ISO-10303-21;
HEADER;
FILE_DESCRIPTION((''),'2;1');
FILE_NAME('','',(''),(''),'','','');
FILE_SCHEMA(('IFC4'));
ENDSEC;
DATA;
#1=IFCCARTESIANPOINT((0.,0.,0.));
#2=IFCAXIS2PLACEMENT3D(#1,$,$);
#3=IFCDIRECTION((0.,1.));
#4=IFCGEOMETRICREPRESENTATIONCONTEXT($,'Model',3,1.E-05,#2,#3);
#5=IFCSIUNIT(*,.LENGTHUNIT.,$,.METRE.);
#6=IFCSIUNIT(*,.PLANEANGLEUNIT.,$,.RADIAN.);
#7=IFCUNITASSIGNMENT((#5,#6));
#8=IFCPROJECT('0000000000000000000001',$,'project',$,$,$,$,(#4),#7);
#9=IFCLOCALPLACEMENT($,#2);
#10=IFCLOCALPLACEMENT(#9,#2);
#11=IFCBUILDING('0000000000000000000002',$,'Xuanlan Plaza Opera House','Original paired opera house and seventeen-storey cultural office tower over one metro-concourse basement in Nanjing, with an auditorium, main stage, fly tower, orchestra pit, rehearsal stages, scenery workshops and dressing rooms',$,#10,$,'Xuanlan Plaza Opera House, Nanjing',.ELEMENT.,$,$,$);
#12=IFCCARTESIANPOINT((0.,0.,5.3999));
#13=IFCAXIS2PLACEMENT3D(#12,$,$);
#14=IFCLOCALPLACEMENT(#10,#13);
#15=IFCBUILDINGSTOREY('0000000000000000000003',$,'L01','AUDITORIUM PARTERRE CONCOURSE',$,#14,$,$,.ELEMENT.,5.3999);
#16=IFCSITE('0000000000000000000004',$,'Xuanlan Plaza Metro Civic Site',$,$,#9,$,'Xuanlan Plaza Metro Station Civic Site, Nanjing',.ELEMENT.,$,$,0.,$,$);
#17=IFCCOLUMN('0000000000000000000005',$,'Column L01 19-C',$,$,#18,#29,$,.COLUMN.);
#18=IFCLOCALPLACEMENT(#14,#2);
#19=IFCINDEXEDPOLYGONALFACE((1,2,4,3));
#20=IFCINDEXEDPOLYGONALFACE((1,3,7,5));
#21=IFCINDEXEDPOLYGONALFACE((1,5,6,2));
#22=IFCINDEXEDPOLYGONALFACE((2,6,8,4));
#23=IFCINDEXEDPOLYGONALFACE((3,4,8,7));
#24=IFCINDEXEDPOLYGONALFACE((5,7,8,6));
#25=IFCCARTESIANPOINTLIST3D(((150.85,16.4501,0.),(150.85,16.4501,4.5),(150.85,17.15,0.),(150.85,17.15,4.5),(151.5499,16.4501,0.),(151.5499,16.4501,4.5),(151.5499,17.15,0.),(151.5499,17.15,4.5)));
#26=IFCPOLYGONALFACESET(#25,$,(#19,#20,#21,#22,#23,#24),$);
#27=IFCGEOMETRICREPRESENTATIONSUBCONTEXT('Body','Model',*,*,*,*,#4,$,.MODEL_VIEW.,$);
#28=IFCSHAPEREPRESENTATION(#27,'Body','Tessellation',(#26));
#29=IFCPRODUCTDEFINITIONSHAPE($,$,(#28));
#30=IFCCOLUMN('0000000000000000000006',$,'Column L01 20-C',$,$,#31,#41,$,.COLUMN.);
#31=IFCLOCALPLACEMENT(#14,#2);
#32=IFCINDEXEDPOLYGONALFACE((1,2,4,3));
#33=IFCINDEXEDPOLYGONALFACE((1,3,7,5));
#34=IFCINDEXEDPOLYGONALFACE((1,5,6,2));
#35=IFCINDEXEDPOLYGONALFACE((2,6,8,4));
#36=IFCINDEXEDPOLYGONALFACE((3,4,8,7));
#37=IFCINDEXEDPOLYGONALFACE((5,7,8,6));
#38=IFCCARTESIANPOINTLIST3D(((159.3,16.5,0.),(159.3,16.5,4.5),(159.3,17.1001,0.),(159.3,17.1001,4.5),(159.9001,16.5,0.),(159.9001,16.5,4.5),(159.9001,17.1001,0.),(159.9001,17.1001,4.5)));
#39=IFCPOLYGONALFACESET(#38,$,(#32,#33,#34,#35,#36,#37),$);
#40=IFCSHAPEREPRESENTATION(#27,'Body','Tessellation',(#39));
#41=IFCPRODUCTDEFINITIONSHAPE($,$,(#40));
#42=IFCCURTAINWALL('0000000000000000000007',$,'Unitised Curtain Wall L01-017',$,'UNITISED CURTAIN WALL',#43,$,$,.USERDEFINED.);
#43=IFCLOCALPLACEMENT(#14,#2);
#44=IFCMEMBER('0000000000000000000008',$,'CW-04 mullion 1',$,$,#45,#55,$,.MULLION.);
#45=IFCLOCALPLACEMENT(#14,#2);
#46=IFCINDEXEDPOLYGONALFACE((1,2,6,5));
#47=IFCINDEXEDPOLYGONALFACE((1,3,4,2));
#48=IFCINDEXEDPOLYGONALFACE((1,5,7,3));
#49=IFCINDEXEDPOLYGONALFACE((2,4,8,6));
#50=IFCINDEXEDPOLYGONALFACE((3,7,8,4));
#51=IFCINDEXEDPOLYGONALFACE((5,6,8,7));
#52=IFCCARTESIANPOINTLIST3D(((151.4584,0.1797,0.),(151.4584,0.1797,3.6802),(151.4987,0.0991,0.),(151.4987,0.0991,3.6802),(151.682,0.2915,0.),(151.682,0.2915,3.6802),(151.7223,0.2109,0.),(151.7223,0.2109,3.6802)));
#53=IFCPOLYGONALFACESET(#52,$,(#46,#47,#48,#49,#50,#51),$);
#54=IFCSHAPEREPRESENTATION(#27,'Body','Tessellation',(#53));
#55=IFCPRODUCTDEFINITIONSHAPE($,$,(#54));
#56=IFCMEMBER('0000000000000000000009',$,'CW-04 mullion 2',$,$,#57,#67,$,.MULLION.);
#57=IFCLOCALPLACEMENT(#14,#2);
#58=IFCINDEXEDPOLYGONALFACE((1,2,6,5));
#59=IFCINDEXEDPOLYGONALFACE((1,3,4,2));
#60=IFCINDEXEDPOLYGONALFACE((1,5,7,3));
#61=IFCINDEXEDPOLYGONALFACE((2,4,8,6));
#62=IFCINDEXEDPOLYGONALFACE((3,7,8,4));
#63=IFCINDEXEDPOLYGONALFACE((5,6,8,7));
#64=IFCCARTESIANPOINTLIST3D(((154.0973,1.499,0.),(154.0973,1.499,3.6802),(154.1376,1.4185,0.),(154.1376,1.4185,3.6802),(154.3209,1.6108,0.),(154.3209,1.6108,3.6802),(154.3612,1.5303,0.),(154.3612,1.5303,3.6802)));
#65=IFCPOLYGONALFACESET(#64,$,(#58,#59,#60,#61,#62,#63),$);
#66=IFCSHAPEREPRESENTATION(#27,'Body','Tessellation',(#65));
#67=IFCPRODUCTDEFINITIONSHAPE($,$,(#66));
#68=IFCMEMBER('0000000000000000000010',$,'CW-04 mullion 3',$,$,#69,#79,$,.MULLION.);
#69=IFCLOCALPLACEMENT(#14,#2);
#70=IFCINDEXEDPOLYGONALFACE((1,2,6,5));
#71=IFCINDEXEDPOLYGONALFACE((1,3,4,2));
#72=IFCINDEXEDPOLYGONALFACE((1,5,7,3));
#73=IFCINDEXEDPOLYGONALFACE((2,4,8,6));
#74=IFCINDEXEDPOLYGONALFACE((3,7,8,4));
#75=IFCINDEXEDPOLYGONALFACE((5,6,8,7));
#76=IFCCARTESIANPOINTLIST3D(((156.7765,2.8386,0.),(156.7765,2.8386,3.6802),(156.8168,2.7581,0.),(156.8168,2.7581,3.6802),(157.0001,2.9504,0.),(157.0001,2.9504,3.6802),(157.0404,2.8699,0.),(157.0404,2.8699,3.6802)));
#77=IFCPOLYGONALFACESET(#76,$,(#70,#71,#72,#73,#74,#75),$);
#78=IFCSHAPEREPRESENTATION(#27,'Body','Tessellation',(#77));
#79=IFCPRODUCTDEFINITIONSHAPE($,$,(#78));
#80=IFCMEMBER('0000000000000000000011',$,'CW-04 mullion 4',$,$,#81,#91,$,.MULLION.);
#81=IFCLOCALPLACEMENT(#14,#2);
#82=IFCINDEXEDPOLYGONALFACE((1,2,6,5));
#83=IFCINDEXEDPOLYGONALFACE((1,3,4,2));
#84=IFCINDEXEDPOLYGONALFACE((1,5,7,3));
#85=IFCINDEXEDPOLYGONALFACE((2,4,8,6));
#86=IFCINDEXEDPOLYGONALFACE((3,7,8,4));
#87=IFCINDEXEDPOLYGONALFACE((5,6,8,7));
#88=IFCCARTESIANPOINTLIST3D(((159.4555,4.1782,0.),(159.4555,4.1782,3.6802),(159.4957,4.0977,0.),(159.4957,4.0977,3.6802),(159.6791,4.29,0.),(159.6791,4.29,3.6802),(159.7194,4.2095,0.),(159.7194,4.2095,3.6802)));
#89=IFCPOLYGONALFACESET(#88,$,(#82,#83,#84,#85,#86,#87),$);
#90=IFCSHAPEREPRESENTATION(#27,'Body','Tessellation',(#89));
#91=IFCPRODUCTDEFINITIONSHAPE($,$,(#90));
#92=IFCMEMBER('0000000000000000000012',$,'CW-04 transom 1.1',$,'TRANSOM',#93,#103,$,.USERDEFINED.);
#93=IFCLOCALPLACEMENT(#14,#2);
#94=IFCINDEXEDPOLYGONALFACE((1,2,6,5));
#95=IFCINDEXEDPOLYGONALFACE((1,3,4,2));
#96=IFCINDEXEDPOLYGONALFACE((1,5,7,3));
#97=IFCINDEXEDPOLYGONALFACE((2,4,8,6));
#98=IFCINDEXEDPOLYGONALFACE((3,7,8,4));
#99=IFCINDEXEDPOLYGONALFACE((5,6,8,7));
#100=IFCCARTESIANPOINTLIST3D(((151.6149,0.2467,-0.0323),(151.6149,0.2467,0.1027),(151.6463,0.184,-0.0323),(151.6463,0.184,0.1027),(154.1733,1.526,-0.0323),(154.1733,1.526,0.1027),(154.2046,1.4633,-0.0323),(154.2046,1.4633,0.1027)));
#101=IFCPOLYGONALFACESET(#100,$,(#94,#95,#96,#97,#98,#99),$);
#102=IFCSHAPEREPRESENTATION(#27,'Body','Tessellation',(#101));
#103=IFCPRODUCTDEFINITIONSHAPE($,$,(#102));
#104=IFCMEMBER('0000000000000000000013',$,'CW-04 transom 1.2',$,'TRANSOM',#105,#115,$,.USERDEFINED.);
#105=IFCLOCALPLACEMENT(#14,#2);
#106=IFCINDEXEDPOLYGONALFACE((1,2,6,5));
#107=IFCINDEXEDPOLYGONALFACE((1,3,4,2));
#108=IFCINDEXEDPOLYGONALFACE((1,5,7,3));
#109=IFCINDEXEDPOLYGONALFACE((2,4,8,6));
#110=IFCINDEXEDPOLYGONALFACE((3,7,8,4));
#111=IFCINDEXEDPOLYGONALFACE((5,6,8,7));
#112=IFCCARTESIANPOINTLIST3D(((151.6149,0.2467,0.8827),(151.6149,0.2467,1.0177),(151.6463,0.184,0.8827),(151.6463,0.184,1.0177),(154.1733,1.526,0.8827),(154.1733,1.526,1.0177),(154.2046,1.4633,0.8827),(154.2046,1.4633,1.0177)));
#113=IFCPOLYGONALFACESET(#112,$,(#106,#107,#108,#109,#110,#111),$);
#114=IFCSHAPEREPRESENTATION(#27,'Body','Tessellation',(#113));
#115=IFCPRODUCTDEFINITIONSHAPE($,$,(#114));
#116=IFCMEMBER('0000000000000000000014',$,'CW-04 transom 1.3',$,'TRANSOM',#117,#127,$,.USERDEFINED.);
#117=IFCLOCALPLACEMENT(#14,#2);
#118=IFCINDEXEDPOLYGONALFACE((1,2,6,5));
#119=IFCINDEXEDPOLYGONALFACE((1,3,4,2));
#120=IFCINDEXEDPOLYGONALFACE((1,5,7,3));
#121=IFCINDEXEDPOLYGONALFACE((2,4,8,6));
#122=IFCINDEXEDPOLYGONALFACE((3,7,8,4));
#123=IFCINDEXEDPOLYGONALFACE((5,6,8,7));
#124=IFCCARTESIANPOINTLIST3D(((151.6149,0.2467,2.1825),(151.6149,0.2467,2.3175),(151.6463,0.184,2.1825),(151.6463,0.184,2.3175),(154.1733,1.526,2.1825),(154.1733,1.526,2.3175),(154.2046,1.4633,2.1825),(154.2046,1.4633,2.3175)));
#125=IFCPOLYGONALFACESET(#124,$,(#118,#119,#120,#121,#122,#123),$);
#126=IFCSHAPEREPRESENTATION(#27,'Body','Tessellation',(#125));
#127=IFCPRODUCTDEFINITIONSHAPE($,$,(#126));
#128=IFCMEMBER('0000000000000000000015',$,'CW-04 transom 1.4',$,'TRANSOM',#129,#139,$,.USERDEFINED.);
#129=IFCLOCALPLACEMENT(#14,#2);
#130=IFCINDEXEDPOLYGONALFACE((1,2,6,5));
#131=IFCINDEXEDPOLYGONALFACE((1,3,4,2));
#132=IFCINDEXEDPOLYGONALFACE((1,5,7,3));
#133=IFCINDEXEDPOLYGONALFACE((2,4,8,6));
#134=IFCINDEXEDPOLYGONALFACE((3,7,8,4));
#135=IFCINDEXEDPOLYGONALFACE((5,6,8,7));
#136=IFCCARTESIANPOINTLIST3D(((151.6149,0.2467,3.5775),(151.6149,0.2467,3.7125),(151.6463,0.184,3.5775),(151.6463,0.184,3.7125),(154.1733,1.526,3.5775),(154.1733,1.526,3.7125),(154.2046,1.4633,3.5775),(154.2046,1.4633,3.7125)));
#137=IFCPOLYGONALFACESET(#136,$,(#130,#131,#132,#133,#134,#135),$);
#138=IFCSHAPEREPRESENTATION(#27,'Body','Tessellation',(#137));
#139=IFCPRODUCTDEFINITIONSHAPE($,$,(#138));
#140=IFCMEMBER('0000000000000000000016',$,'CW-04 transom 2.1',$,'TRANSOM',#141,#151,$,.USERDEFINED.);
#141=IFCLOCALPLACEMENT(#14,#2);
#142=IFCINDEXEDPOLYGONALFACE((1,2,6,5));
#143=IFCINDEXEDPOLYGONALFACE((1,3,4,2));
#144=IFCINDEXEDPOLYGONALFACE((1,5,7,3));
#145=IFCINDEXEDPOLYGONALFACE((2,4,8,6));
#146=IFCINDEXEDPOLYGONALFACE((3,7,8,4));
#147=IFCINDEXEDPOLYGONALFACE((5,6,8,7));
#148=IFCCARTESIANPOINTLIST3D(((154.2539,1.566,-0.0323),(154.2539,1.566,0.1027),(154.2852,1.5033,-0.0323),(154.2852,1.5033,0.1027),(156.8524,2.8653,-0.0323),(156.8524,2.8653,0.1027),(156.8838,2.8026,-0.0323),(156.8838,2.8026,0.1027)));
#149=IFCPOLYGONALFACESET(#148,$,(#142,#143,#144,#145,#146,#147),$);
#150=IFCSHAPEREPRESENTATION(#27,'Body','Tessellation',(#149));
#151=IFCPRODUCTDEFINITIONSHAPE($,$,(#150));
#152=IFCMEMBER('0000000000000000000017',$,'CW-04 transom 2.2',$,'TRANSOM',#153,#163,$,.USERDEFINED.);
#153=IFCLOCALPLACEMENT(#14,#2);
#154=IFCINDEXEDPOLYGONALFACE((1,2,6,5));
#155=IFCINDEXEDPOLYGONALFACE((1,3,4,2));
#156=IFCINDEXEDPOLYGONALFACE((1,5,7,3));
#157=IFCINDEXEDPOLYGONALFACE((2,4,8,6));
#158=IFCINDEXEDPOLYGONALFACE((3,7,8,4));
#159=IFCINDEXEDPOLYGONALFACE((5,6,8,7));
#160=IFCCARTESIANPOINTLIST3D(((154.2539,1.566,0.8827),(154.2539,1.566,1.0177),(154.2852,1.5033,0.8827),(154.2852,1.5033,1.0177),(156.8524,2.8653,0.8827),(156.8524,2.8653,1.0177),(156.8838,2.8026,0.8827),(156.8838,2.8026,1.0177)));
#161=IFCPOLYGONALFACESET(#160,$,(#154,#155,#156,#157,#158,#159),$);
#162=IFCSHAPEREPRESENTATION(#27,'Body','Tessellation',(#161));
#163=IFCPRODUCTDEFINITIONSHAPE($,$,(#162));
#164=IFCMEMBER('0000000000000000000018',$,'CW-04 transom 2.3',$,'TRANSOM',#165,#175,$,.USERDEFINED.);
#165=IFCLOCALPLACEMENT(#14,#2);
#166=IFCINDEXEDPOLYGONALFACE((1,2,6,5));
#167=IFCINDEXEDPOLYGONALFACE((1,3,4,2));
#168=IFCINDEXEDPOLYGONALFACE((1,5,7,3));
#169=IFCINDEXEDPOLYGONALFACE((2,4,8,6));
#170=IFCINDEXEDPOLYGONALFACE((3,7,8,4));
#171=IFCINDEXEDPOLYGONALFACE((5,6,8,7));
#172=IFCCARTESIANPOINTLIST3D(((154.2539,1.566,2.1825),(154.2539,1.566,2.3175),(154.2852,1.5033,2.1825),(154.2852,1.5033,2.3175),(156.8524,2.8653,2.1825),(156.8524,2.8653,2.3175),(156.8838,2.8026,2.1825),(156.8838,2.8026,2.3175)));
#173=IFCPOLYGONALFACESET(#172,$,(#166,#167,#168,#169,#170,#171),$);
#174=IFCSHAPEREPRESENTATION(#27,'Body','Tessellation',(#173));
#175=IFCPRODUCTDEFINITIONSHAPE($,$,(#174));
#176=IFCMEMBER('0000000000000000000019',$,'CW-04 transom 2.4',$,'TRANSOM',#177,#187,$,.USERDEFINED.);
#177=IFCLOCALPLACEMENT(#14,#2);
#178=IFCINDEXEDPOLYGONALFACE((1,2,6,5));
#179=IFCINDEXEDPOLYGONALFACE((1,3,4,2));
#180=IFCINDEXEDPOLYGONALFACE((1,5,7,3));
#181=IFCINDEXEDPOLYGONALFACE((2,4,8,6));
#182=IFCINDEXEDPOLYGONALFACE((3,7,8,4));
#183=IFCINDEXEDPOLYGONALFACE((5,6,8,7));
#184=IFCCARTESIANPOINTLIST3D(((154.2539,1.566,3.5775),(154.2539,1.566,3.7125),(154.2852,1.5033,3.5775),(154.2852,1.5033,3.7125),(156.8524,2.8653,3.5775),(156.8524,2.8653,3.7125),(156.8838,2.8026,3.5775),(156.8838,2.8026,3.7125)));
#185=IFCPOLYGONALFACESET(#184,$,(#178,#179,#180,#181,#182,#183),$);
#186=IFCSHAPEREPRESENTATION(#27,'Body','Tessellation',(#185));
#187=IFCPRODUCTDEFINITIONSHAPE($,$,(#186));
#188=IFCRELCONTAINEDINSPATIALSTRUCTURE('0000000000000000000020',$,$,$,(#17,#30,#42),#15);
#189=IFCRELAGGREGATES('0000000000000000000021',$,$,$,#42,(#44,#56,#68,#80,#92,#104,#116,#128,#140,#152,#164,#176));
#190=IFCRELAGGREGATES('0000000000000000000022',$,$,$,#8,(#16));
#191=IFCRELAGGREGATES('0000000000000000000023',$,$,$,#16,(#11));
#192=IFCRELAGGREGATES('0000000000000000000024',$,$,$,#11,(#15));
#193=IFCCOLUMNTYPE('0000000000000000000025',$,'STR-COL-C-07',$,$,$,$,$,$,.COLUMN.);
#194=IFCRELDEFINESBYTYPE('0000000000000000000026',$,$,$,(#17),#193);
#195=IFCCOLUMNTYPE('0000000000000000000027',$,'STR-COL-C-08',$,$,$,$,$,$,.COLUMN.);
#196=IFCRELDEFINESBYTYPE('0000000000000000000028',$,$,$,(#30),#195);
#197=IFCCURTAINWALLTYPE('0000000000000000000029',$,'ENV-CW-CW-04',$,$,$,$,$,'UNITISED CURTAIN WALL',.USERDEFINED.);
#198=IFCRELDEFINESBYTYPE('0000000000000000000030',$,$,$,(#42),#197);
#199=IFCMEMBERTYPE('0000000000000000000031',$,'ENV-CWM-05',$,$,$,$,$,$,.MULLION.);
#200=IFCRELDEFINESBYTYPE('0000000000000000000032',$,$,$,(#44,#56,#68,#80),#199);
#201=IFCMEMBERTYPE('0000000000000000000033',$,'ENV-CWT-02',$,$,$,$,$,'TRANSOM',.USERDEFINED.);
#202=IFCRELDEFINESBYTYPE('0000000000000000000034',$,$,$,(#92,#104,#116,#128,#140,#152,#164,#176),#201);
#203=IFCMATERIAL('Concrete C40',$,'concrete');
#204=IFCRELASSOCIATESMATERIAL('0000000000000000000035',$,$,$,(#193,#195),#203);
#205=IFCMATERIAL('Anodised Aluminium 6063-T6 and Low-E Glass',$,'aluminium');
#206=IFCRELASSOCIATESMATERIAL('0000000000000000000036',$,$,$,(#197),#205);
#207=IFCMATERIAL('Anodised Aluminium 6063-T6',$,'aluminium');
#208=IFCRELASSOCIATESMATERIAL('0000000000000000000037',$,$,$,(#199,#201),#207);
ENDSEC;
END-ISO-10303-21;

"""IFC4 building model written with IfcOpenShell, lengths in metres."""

from ifc_helpers import new_model, si_unit, direction, frame, origin, origin_2d, place, context, subcontext, project, spatial, rectangle, extrude, material, material_profile, profile_set, type_object, element, aggregate, save


model = new_model("IFC4")

# Units and contexts
model_context = context("Model", 3, precision=1e-05, world=origin(), true_north=direction((0.0, 1.0)))
body_context = subcontext(model_context, "Body", "Model", "MODEL_VIEW")
ifc_project = project(units=[si_unit("LENGTHUNIT", "METRE"), si_unit("PLANEANGLEUNIT", "RADIAN")], contexts=[model_context])

# Site, building, storey
site_placement = place(None, origin())
site = spatial("IfcSite", under=ifc_project, at=site_placement, Name="Xuanlan Plaza Metro Civic Site", LongName="Xuanlan Plaza Metro Station Civic Site, Nanjing", CompositionType="ELEMENT", RefElevation=0.0)
building_placement = place(site_placement, origin())
building = spatial("IfcBuilding", under=site, at=building_placement, Name="Xuanlan Plaza Opera House", Description="Original paired opera house and seventeen-storey cultural office tower over one metro-concourse basement in Nanjing, with an auditorium, main stage, fly tower, orchestra pit, rehearsal stages, scenery workshops and dressing rooms", LongName="Xuanlan Plaza Opera House, Nanjing", CompositionType="ELEMENT")
storey_placement = place(building_placement, frame((0.0, 0.0, 5.3999)))
storey = spatial("IfcBuildingStorey", under=building, at=storey_placement, Name="L01", Description="AUDITORIUM PARTERRE CONCOURSE", CompositionType="ELEMENT", Elevation=5.3999)

# Columns
ifc_material_1 = material(Name="Concrete C40", Category="concrete")
ifc_material_profile_1 = material_profile(ifc_material_1, rectangle(XDim=0.7, YDim=0.7, at=origin_2d()), Name="RC-COL 700x700")
ifc_profile_set_1 = profile_set([ifc_material_profile_1], Name="Concrete C40")
column_type_1 = type_object("IfcColumnType", Name="STR-COL-C-07", PredefinedType="COLUMN", material=ifc_profile_set_1)
column_1_placement = place(storey_placement, frame((151.2, 16.8, 0.0), z_axis=(0.0, 0.0, 1.0), x_axis=(1.0, 0.0, 0.0)))
element("IfcColumn", 1, at=column_1_placement, inside=storey, type_object=column_type_1, Name="Column L01 19-C", PredefinedType="COLUMN", context=body_context, shape_type="SweptSolid", body=[
    extrude(rectangle(XDim=0.7, YDim=0.7, at=origin_2d()), origin(), (0.0, 0.0, 1.0), 4.5),
])
ifc_material_profile_2 = material_profile(ifc_material_1, rectangle(XDim=0.6001, YDim=0.6001, at=origin_2d()), Name="RC-COL 600x600")
ifc_profile_set_2 = profile_set([ifc_material_profile_2], Name="Concrete C40")
column_type_2 = type_object("IfcColumnType", Name="STR-COL-C-08", PredefinedType="COLUMN", material=ifc_profile_set_2)
column_2_placement = place(storey_placement, frame((159.6001, 16.8, 0.0), z_axis=(0.0, 0.0, 1.0), x_axis=(1.0, 0.0, 0.0)))
element("IfcColumn", 2, at=column_2_placement, inside=storey, type_object=column_type_2, Name="Column L01 20-C", PredefinedType="COLUMN", context=body_context, shape_type="SweptSolid", body=[
    extrude(rectangle(XDim=0.6001, YDim=0.6001, at=origin_2d()), origin(), (0.0, 0.0, 1.0), 4.5),
])

# Curtain wall, members
ifc_material_2 = material(Name="Anodised Aluminium 6063-T6 and Low-E Glass", Category="aluminium")
curtain_wall_type = type_object("IfcCurtainWallType", Name="ENV-CW-CW-04", ElementType="UNITISED CURTAIN WALL", PredefinedType="USERDEFINED", material=ifc_material_2)
curtain_wall_placement = place(storey_placement, origin())
curtain_wall = element("IfcCurtainWall", 3, at=curtain_wall_placement, inside=storey, type_object=curtain_wall_type, Name="Unitised Curtain Wall L01-017", ObjectType="UNITISED CURTAIN WALL", PredefinedType="USERDEFINED")
ifc_material_3 = material(Name="Anodised Aluminium 6063-T6", Category="aluminium")
ifc_material_profile_3 = material_profile(ifc_material_3, rectangle(XDim=0.0901, YDim=0.25, at=origin_2d()), Name="ALU-M 90x250")
ifc_profile_set_3 = profile_set([ifc_material_profile_3], Name="Anodised Aluminium 6063-T6")
member_type_1 = type_object("IfcMemberType", Name="ENV-CWM-05", PredefinedType="MULLION", material=ifc_profile_set_3)
member_1_placement = place(storey_placement, frame((151.5903, 0.1953, 0.0), z_axis=(0.0, 0.0, 1.0), x_axis=(-0.447214, 0.894427, 0.0)))
member_1 = element("IfcMember", 4, at=member_1_placement, type_object=member_type_1, Name="CW-04 mullion 1", PredefinedType="MULLION", context=body_context, shape_type="SweptSolid", body=[
    extrude(rectangle(XDim=0.0901, YDim=0.25, at=origin_2d()), origin(), (0.0, 0.0, 1.0), 3.6802),
])
member_2_placement = place(storey_placement, frame((154.2292, 1.5146, 0.0), z_axis=(0.0, 0.0, 1.0), x_axis=(-0.447214, 0.894427, 0.0)))
member_2 = element("IfcMember", 5, at=member_2_placement, type_object=member_type_1, Name="CW-04 mullion 2", PredefinedType="MULLION", context=body_context, shape_type="SweptSolid", body=[
    extrude(rectangle(XDim=0.0901, YDim=0.25, at=origin_2d()), origin(), (0.0, 0.0, 1.0), 3.6802),
])
member_3_placement = place(storey_placement, frame((156.9084, 2.8542, 0.0), z_axis=(0.0, 0.0, 1.0), x_axis=(-0.447214, 0.894427, 0.0)))
member_3 = element("IfcMember", 6, at=member_3_placement, type_object=member_type_1, Name="CW-04 mullion 3", PredefinedType="MULLION", context=body_context, shape_type="SweptSolid", body=[
    extrude(rectangle(XDim=0.0901, YDim=0.25, at=origin_2d()), origin(), (0.0, 0.0, 1.0), 3.6802),
])
member_4_placement = place(storey_placement, frame((159.5874, 4.1938, 0.0), z_axis=(0.0, 0.0, 1.0), x_axis=(-0.447214, 0.894427, 0.0)))
member_4 = element("IfcMember", 7, at=member_4_placement, type_object=member_type_1, Name="CW-04 mullion 4", PredefinedType="MULLION", context=body_context, shape_type="SweptSolid", body=[
    extrude(rectangle(XDim=0.0901, YDim=0.25, at=origin_2d()), origin(), (0.0, 0.0, 1.0), 3.6802),
])
ifc_material_profile_4 = material_profile(ifc_material_3, rectangle(XDim=0.0701, YDim=0.135, at=origin_2d()), Name="ALU-T 70x135")
ifc_profile_set_4 = profile_set([ifc_material_profile_4], Name="Anodised Aluminium 6063-T6")
member_type_2 = type_object("IfcMemberType", Name="ENV-CWT-02", ElementType="TRANSOM", PredefinedType="USERDEFINED", material=ifc_profile_set_4)
member_5_placement = place(storey_placement, frame((151.6306, 0.2153, 0.0352), z_axis=(0.89441, 0.447248, 0.0), x_axis=(-0.447248, 0.89441, 0.0)))
member_5 = element("IfcMember", 8, at=member_5_placement, type_object=member_type_2, Name="CW-04 transom 1.1", ObjectType="TRANSOM", PredefinedType="USERDEFINED", context=body_context, shape_type="SweptSolid", body=[
    extrude(rectangle(XDim=0.0701, YDim=0.135, at=origin_2d()), origin(), (0.0, 0.0, 1.0), 2.8604),
])
member_6_placement = place(storey_placement, frame((151.6306, 0.2153, 0.9502), z_axis=(0.89441, 0.447248, 0.0), x_axis=(-0.447248, 0.89441, 0.0)))
member_6 = element("IfcMember", 9, at=member_6_placement, type_object=member_type_2, Name="CW-04 transom 1.2", ObjectType="TRANSOM", PredefinedType="USERDEFINED", context=body_context, shape_type="SweptSolid", body=[
    extrude(rectangle(XDim=0.0701, YDim=0.135, at=origin_2d()), origin(), (0.0, 0.0, 1.0), 2.8604),
])
member_7_placement = place(storey_placement, frame((151.6306, 0.2153, 2.25), z_axis=(0.89441, 0.447248, 0.0), x_axis=(-0.447248, 0.89441, 0.0)))
member_7 = element("IfcMember", 10, at=member_7_placement, type_object=member_type_2, Name="CW-04 transom 1.3", ObjectType="TRANSOM", PredefinedType="USERDEFINED", context=body_context, shape_type="SweptSolid", body=[
    extrude(rectangle(XDim=0.0701, YDim=0.135, at=origin_2d()), origin(), (0.0, 0.0, 1.0), 2.8604),
])
member_8_placement = place(storey_placement, frame((151.6306, 0.2153, 3.645), z_axis=(0.89441, 0.447248, 0.0), x_axis=(-0.447248, 0.89441, 0.0)))
member_8 = element("IfcMember", 11, at=member_8_placement, type_object=member_type_2, Name="CW-04 transom 1.4", ObjectType="TRANSOM", PredefinedType="USERDEFINED", context=body_context, shape_type="SweptSolid", body=[
    extrude(rectangle(XDim=0.0701, YDim=0.135, at=origin_2d()), origin(), (0.0, 0.0, 1.0), 2.8604),
])
member_9_placement = place(storey_placement, frame((154.2695, 1.5347, 0.0352), z_axis=(0.894427, 0.447214, 0.0), x_axis=(-0.447214, 0.894427, 0.0)))
member_9 = element("IfcMember", 12, at=member_9_placement, type_object=member_type_2, Name="CW-04 transom 2.1", ObjectType="TRANSOM", PredefinedType="USERDEFINED", context=body_context, shape_type="SweptSolid", body=[
    extrude(rectangle(XDim=0.0701, YDim=0.135, at=origin_2d()), origin(), (0.0, 0.0, 1.0), 2.9053),
])
member_10_placement = place(storey_placement, frame((154.2695, 1.5347, 0.9502), z_axis=(0.894427, 0.447214, 0.0), x_axis=(-0.447214, 0.894427, 0.0)))
member_10 = element("IfcMember", 13, at=member_10_placement, type_object=member_type_2, Name="CW-04 transom 2.2", ObjectType="TRANSOM", PredefinedType="USERDEFINED", context=body_context, shape_type="SweptSolid", body=[
    extrude(rectangle(XDim=0.0701, YDim=0.135, at=origin_2d()), origin(), (0.0, 0.0, 1.0), 2.9053),
])
member_11_placement = place(storey_placement, frame((154.2695, 1.5347, 2.25), z_axis=(0.894427, 0.447214, 0.0), x_axis=(-0.447214, 0.894427, 0.0)))
member_11 = element("IfcMember", 14, at=member_11_placement, type_object=member_type_2, Name="CW-04 transom 2.3", ObjectType="TRANSOM", PredefinedType="USERDEFINED", context=body_context, shape_type="SweptSolid", body=[
    extrude(rectangle(XDim=0.0701, YDim=0.135, at=origin_2d()), origin(), (0.0, 0.0, 1.0), 2.9053),
])
member_12_placement = place(storey_placement, frame((154.2695, 1.5347, 3.645), z_axis=(0.894427, 0.447214, 0.0), x_axis=(-0.447214, 0.894427, 0.0)))
member_12 = element("IfcMember", 15, at=member_12_placement, type_object=member_type_2, Name="CW-04 transom 2.4", ObjectType="TRANSOM", PredefinedType="USERDEFINED", context=body_context, shape_type="SweptSolid", body=[
    extrude(rectangle(XDim=0.0701, YDim=0.135, at=origin_2d()), origin(), (0.0, 0.0, 1.0), 2.9053),
])

aggregate(curtain_wall, [member_1, member_2, member_3, member_4, member_5, member_6, member_7, member_8, member_9, member_10, member_11, member_12])

save(model, "model.ifc")
